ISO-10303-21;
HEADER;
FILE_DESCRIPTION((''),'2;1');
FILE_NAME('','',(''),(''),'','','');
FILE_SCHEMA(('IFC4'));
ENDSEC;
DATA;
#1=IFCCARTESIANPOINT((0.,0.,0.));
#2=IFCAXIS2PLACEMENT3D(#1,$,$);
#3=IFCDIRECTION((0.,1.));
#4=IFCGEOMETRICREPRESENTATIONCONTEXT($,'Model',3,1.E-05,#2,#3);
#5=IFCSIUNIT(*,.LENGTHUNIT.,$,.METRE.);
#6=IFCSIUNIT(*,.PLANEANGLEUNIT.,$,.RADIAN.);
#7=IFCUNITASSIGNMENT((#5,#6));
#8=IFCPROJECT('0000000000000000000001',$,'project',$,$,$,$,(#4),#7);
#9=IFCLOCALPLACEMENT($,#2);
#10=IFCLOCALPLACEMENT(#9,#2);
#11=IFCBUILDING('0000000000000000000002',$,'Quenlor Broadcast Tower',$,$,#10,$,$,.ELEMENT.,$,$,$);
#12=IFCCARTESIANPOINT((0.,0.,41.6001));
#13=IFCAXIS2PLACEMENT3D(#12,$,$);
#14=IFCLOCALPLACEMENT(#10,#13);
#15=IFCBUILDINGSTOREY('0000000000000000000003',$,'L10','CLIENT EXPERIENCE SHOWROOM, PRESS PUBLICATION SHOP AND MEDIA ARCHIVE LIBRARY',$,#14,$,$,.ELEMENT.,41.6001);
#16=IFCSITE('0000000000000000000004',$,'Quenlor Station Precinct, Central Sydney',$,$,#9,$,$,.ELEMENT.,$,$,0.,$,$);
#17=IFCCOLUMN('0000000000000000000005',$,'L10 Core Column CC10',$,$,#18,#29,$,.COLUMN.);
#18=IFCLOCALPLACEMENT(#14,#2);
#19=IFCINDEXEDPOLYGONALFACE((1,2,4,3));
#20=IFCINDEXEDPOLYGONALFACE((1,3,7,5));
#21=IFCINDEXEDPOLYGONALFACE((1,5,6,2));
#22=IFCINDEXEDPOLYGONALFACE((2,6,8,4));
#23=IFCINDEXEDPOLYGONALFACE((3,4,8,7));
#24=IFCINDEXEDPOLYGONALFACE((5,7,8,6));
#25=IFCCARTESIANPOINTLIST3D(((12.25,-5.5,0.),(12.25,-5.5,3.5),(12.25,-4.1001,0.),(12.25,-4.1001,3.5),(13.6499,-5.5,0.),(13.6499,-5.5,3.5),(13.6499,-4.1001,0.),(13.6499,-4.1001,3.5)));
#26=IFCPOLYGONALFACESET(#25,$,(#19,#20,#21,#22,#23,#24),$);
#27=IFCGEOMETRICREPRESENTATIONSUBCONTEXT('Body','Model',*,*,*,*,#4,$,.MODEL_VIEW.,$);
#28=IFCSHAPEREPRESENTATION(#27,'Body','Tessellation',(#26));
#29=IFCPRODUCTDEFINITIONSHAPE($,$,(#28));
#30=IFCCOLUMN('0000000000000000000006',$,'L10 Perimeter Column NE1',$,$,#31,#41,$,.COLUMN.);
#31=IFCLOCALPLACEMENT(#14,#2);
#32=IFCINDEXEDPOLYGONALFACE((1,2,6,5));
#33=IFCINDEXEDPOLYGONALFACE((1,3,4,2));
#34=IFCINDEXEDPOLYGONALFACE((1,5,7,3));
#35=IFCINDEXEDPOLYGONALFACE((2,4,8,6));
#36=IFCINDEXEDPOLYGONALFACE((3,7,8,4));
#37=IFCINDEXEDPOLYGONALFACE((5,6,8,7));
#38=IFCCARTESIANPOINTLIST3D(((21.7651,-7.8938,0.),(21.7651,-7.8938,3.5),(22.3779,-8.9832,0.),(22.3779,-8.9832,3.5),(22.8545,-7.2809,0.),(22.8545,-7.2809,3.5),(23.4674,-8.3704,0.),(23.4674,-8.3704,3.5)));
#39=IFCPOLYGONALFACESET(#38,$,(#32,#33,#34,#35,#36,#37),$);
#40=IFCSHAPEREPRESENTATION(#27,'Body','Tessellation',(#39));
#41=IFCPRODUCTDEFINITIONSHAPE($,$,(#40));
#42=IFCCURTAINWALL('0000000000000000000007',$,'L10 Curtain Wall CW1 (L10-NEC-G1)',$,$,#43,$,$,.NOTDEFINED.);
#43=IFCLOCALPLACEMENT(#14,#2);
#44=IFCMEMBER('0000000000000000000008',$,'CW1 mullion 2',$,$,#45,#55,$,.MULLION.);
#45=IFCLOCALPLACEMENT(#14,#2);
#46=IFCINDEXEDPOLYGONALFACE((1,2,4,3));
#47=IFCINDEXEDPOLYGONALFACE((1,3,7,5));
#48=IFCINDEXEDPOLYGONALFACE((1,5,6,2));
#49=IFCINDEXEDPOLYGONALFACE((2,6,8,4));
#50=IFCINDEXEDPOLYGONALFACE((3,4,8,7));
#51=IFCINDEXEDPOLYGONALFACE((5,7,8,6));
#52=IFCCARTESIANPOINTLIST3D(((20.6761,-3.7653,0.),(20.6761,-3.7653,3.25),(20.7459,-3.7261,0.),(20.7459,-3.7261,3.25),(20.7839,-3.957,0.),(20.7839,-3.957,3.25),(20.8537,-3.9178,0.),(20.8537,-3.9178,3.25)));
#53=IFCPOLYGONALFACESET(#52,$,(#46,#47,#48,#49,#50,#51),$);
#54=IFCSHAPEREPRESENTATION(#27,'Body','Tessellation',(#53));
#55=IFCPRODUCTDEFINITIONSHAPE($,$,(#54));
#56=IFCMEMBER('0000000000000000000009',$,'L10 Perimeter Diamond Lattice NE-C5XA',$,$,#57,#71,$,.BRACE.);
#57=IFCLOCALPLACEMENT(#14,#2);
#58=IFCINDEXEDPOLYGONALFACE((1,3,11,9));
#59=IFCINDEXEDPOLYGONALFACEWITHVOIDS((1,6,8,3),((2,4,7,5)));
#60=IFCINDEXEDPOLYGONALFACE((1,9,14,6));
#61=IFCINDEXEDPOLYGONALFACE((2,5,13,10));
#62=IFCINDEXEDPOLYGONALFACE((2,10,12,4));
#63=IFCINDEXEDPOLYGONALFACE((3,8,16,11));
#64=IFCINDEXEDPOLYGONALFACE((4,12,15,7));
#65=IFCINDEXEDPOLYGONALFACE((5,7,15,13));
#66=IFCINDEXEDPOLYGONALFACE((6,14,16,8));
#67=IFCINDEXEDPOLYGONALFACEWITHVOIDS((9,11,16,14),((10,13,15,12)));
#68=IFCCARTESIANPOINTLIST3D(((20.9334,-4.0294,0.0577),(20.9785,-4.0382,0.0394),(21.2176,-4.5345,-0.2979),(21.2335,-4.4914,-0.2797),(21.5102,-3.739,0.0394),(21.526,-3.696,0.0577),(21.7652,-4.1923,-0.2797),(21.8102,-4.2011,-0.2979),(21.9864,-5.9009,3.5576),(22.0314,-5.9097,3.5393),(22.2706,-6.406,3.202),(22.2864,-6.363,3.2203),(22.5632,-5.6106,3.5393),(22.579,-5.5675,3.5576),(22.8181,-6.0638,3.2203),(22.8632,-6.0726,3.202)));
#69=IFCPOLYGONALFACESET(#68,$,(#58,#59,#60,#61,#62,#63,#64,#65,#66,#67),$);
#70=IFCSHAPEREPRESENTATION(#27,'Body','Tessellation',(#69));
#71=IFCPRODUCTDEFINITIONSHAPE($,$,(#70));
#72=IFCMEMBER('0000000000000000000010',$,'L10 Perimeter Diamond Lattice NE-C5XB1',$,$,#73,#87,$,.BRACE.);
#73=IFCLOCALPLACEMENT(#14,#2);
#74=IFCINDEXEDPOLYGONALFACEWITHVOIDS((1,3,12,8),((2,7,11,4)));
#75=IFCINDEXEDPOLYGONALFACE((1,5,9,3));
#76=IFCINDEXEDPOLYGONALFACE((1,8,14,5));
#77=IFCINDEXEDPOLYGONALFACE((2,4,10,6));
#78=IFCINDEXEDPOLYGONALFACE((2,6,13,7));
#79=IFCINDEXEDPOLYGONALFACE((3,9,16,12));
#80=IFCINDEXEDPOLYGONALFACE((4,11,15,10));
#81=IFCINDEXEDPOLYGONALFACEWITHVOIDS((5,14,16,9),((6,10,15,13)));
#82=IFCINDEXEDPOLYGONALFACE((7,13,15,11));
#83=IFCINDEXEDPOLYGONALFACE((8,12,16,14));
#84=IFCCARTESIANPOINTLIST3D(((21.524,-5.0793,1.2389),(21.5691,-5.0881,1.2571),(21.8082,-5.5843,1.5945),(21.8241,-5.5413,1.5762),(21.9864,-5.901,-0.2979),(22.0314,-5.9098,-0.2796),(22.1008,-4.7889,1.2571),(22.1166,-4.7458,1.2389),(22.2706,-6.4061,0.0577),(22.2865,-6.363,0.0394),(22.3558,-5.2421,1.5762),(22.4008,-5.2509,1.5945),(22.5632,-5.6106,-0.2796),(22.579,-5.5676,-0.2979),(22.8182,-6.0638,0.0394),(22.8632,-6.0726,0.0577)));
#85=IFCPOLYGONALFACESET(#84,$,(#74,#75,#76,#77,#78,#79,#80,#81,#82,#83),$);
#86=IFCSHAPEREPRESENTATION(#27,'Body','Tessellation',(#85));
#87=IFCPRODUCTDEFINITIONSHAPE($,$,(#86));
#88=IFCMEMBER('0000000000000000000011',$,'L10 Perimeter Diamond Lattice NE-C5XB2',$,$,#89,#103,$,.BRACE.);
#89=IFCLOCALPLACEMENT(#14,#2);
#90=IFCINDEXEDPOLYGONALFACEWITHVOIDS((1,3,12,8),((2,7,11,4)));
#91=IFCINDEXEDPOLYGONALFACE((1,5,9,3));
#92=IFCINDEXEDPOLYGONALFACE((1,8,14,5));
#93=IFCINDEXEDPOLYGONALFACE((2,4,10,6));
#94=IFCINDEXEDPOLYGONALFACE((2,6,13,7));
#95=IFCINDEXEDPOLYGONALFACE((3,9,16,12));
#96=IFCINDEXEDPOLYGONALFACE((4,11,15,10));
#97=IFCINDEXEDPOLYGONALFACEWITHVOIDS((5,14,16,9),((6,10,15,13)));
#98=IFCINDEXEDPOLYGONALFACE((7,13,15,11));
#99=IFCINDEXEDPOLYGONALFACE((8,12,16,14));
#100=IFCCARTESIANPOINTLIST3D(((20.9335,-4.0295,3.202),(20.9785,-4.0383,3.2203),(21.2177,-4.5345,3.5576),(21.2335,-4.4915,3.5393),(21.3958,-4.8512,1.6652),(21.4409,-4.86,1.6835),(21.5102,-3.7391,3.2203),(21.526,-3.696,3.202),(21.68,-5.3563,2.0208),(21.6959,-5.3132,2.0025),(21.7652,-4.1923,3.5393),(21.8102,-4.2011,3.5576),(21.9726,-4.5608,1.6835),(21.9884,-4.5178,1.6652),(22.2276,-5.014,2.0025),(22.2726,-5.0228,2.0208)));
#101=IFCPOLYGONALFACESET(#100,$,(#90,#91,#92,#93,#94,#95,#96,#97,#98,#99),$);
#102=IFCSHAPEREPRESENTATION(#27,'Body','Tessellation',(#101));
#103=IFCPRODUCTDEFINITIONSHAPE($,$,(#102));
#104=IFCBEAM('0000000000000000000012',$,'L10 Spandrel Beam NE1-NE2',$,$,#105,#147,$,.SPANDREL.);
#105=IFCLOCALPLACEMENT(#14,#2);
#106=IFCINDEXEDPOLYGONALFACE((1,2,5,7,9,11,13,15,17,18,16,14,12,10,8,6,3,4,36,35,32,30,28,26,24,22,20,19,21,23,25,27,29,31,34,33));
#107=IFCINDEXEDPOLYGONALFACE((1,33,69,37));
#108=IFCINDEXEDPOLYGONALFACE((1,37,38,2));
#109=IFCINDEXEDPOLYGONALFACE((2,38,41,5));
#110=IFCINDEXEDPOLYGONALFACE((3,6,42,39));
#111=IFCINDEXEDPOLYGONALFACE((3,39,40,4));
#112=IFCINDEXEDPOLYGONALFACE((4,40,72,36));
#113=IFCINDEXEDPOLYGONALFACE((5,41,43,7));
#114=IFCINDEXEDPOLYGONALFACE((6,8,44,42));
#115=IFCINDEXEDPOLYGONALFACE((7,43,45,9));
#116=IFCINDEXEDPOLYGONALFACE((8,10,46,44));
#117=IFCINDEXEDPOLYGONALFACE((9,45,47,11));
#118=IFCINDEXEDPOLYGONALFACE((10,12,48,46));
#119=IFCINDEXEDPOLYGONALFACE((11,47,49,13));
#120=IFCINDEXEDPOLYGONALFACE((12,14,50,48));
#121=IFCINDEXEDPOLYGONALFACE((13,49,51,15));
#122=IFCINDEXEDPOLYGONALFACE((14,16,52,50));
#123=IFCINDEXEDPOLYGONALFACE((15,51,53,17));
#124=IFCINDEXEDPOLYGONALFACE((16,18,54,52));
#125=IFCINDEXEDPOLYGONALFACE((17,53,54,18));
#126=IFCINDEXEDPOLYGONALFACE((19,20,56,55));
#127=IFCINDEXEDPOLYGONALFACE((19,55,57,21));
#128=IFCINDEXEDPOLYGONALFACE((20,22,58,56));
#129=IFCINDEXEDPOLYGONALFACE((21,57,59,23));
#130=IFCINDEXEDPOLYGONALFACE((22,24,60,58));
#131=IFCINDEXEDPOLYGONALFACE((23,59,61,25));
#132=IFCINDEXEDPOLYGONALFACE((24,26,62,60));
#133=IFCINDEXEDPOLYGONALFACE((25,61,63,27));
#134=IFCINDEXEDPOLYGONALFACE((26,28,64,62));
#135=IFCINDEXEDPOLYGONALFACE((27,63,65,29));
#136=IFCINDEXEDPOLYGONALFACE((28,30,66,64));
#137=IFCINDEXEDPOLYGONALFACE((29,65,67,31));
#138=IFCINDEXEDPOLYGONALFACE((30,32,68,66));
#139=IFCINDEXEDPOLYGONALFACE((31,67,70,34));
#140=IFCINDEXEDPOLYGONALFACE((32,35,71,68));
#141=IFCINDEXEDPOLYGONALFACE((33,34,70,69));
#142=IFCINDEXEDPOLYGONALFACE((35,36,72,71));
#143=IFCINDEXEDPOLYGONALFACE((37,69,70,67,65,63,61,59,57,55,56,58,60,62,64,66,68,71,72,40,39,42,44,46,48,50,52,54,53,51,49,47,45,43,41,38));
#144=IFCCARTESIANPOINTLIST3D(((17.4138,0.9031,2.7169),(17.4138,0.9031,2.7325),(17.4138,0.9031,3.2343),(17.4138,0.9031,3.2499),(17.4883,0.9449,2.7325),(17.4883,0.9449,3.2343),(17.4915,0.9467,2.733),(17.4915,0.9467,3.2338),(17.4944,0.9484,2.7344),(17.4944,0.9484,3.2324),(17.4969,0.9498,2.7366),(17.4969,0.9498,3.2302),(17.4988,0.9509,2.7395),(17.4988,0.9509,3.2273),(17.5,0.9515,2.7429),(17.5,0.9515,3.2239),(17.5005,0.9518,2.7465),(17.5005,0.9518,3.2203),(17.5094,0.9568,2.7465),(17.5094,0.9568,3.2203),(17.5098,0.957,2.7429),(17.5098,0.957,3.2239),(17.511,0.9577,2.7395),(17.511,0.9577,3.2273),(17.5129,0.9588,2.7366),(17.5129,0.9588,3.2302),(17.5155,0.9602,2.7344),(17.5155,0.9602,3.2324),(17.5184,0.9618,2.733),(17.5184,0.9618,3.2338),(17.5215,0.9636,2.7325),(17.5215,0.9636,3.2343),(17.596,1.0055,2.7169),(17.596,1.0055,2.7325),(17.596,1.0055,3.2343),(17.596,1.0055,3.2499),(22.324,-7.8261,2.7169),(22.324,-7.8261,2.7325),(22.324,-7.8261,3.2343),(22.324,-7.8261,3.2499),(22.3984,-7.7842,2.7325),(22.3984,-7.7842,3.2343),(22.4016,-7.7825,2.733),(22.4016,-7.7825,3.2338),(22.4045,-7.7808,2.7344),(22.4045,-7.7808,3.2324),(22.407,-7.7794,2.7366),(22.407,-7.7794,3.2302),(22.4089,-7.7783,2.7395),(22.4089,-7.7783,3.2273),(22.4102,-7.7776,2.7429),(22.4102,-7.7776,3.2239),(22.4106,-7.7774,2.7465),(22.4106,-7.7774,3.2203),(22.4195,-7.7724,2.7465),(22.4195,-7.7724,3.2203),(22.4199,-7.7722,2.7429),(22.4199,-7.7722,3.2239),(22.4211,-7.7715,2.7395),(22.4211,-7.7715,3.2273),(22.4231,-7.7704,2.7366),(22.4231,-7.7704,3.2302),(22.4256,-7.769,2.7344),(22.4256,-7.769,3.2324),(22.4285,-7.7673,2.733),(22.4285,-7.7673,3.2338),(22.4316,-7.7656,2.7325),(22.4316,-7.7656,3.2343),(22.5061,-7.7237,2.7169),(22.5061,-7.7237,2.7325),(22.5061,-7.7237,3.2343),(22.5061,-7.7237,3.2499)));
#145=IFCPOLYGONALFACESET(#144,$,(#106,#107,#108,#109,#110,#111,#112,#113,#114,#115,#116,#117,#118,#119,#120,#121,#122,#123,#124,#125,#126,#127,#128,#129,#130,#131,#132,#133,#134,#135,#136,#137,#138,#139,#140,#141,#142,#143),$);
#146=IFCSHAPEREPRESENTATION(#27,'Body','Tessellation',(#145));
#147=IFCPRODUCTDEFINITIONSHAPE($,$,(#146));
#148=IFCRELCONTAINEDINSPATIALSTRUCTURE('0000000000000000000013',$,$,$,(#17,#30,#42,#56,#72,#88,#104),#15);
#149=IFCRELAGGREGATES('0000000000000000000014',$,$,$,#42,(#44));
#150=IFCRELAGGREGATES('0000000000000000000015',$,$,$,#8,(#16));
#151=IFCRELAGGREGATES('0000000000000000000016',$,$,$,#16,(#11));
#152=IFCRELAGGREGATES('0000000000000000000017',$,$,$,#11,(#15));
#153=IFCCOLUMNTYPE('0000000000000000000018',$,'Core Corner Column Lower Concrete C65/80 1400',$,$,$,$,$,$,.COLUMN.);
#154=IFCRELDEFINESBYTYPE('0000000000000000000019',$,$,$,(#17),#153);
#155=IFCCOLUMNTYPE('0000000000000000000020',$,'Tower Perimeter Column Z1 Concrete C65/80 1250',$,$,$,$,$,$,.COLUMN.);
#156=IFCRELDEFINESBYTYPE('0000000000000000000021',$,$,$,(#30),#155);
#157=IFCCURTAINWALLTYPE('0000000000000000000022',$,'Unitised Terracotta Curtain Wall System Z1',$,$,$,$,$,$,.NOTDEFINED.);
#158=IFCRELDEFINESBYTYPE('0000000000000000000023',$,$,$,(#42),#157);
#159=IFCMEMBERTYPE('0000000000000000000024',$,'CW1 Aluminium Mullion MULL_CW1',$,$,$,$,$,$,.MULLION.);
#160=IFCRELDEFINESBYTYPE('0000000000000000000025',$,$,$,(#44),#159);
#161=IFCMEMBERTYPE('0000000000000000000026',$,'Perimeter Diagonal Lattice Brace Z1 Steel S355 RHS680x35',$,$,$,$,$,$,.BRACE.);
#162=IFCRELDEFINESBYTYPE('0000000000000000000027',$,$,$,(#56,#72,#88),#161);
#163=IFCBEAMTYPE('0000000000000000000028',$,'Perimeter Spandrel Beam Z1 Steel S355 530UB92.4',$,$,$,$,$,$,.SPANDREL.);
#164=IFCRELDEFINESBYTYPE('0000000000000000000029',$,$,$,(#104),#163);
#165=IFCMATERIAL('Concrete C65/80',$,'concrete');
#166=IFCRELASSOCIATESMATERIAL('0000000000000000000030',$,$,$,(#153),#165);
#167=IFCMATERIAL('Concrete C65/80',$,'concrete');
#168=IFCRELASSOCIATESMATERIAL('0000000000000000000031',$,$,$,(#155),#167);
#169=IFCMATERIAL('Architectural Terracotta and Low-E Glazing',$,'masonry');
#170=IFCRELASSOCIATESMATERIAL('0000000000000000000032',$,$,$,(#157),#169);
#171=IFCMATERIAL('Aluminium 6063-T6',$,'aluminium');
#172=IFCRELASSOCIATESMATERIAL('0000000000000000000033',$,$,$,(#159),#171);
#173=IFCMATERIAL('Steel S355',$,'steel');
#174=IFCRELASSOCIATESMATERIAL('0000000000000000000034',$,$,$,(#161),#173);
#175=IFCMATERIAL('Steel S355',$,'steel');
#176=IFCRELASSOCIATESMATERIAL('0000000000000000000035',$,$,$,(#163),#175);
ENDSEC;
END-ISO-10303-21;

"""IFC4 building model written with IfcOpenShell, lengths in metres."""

from ifc_helpers import new_model, si_unit, direction, frame, origin, origin_2d, place, context, subcontext, project, spatial, rectangle, hollow_rectangle, i_section, extrude, material, material_profile, profile_set, type_object, element, aggregate, save


model = new_model("IFC4")

# Units and contexts
model_context = context("Model", 3, precision=1e-05, world=origin(), true_north=direction((0.0, 1.0)))
body_context = subcontext(model_context, "Body", "Model", "MODEL_VIEW")
ifc_project = project(units=[si_unit("LENGTHUNIT", "METRE"), si_unit("PLANEANGLEUNIT", "RADIAN")], contexts=[model_context])

# Site, building, storey
site_placement = place(None, origin())
site = spatial("IfcSite", under=ifc_project, at=site_placement, Name="Quenlor Station Precinct, Central Sydney", CompositionType="ELEMENT", RefElevation=0.0)
building_placement = place(site_placement, origin())
building = spatial("IfcBuilding", under=site, at=building_placement, Name="Quenlor Broadcast Tower", CompositionType="ELEMENT")
storey_placement = place(building_placement, frame((0.0, 0.0, 41.6001)))
storey = spatial("IfcBuildingStorey", under=building, at=storey_placement, Name="L10", Description="CLIENT EXPERIENCE SHOWROOM, PRESS PUBLICATION SHOP AND MEDIA ARCHIVE LIBRARY", CompositionType="ELEMENT", Elevation=41.6001)

# Columns
ifc_material_1 = material(Name="Concrete C65/80", Category="concrete")
ifc_material_profile_1 = material_profile(ifc_material_1, rectangle(XDim=1.3999, YDim=1.3999, at=origin_2d()))
ifc_profile_set_1 = profile_set([ifc_material_profile_1], Name="Concrete C65/80 RC1400x1400")
column_type_1 = type_object("IfcColumnType", Name="Core Corner Column Lower Concrete C65/80 1400", PredefinedType="COLUMN", material=ifc_profile_set_1)
column_1_placement = place(storey_placement, frame((12.95, -4.8, 0.0), z_axis=(0.0, 0.0, 1.0), x_axis=(1.0, 0.0, 0.0)))
element("IfcColumn", 1, at=column_1_placement, inside=storey, type_object=column_type_1, Name="L10 Core Column CC10", PredefinedType="COLUMN", context=body_context, shape_type="SweptSolid", body=[
    extrude(rectangle(XDim=1.3999, YDim=1.3999, at=origin_2d()), origin(), (0.0, 0.0, 1.0), 3.5),
])
ifc_material_2 = material(Name="Concrete C65/80", Category="concrete")
ifc_material_profile_2 = material_profile(ifc_material_2, rectangle(XDim=1.25, YDim=1.25, at=origin_2d()))
ifc_profile_set_2 = profile_set([ifc_material_profile_2], Name="Concrete C65/80 RC1250x1250")
column_type_2 = type_object("IfcColumnType", Name="Tower Perimeter Column Z1 Concrete C65/80 1250", PredefinedType="COLUMN", material=ifc_profile_set_2)
column_2_placement = place(storey_placement, frame((22.6162, -8.1321, 0.0), z_axis=(0.0, 0.0, 1.0), x_axis=(0.871575, 0.490262, 0.0)))
element("IfcColumn", 2, at=column_2_placement, inside=storey, type_object=column_type_2, Name="L10 Perimeter Column NE1", PredefinedType="COLUMN", context=body_context, shape_type="SweptSolid", body=[
    extrude(rectangle(XDim=1.25, YDim=1.25, at=origin_2d()), origin(), (0.0, 0.0, 1.0), 3.5),
])

# Curtain wall, member
ifc_material_3 = material(Name="Architectural Terracotta and Low-E Glazing", Category="masonry")
curtain_wall_type = type_object("IfcCurtainWallType", Name="Unitised Terracotta Curtain Wall System Z1", PredefinedType="NOTDEFINED", material=ifc_material_3)
curtain_wall_placement = place(storey_placement, origin())
curtain_wall = element("IfcCurtainWall", 3, at=curtain_wall_placement, inside=storey, type_object=curtain_wall_type, Name="L10 Curtain Wall CW1 (L10-NEC-G1)", PredefinedType="NOTDEFINED")
ifc_material_4 = material(Name="Aluminium 6063-T6", Category="aluminium")
ifc_material_profile_3 = material_profile(ifc_material_4, rectangle(XDim=0.0801, YDim=0.22, at=origin_2d()))
ifc_profile_set_3 = profile_set([ifc_material_profile_3], Name="Aluminium 6063-T6 MULL80x220")
member_type_1 = type_object("IfcMemberType", Name="CW1 Aluminium Mullion MULL_CW1", PredefinedType="MULLION", material=ifc_profile_set_3)
member_1_placement = place(storey_placement, frame((20.7649, -3.8416, 0.0), z_axis=(0.0, 0.0, 1.0), x_axis=(0.871578, 0.490257, 0.0)))
member_1 = element("IfcMember", 4, at=member_1_placement, type_object=member_type_1, Name="CW1 mullion 2", PredefinedType="MULLION", context=body_context, shape_type="SweptSolid", body=[
    extrude(rectangle(XDim=0.0801, YDim=0.22, at=origin_2d()), origin(), (0.0, 0.0, 1.0), 3.25),
])

# Members
ifc_material_5 = material(Name="Steel S355", Category="steel")
ifc_material_profile_4 = material_profile(ifc_material_5, hollow_rectangle(XDim=0.6799, YDim=0.6799, WallThickness=0.0349, at=origin_2d()))
ifc_profile_set_4 = profile_set([ifc_material_profile_4], Name="Steel S355 RHS680x680x35")
member_type_2 = type_object("IfcMemberType", Name="Perimeter Diagonal Lattice Brace Z1 Steel S355 RHS680x35", PredefinedType="BRACE", material=ifc_profile_set_4)
member_2_placement = place(storey_placement, frame((21.3718, -4.1152, -0.1201), z_axis=(0.256431, -0.455785, 0.852352), x_axis=(0.871533, 0.490337, 0.0)))
element("IfcMember", 5, at=member_2_placement, inside=storey, type_object=member_type_2, Name="L10 Perimeter Diamond Lattice NE-C5XA", PredefinedType="BRACE", context=body_context, shape_type="SweptSolid", body=[
    extrude(hollow_rectangle(XDim=0.6799, YDim=0.6799, WallThickness=0.0349, at=origin_2d()), origin(), (0.0, 0.0, 1.0), 4.1062),
])
for number, where, z_axis, x_axis, name in (
    (6, (22.4248, -5.9868, -0.1201), (-0.256452, 0.455764, 0.852357), (-0.871506, -0.490384, 0.0), "L10 Perimeter Diamond Lattice NE-C5XB1"),
    (7, (21.8342, -4.937, 1.843), (-0.256452, 0.455764, 0.852357), (-0.871506, -0.490384, 0.0), "L10 Perimeter Diamond Lattice NE-C5XB2"),
):
    element("IfcMember", number, at=place(storey_placement, frame(where, z_axis=z_axis, x_axis=x_axis)), inside=storey, type_object=member_type_2, Name=name, PredefinedType="BRACE", context=body_context, shape_type="SweptSolid", body=[
        extrude(hollow_rectangle(XDim=0.6799, YDim=0.6799, WallThickness=0.0349, at=origin_2d()), origin(), (0.0, 0.0, 1.0), 1.803),
    ])

# Beam
ifc_material_6 = material(Name="Steel S355", Category="steel")
ifc_material_profile_5 = material_profile(ifc_material_6, i_section(OverallWidth=0.209, OverallDepth=0.533, WebThickness=0.0103, FlangeThickness=0.0156, FilletRadius=0.0139, at=origin_2d()))
ifc_profile_set_5 = profile_set([ifc_material_profile_5], Name="Steel S355 530UB92.4")
beam_type_1 = type_object("IfcBeamType", Name="Perimeter Spandrel Beam Z1 Steel S355 530UB92.4", PredefinedType="SPANDREL", material=ifc_profile_set_5)
beam_1_placement = place(storey_placement, frame((22.415, -7.7749, 2.9834), z_axis=(-0.490258, 0.871577, 0.0), x_axis=(-0.871577, -0.490258, 0.0)))
element("IfcBeam", 8, at=beam_1_placement, inside=storey, type_object=beam_type_1, Name="L10 Spandrel Beam NE1-NE2", PredefinedType="SPANDREL", context=body_context, shape_type="SweptSolid", body=[
    extrude(i_section(OverallWidth=0.209, OverallDepth=0.533, WebThickness=0.0103, FlangeThickness=0.0156, FilletRadius=0.0139, at=origin_2d()), origin(), (0.0, 0.0, 1.0), 10.0154),
])

aggregate(curtain_wall, [member_1])

save(model, "model.ifc")
